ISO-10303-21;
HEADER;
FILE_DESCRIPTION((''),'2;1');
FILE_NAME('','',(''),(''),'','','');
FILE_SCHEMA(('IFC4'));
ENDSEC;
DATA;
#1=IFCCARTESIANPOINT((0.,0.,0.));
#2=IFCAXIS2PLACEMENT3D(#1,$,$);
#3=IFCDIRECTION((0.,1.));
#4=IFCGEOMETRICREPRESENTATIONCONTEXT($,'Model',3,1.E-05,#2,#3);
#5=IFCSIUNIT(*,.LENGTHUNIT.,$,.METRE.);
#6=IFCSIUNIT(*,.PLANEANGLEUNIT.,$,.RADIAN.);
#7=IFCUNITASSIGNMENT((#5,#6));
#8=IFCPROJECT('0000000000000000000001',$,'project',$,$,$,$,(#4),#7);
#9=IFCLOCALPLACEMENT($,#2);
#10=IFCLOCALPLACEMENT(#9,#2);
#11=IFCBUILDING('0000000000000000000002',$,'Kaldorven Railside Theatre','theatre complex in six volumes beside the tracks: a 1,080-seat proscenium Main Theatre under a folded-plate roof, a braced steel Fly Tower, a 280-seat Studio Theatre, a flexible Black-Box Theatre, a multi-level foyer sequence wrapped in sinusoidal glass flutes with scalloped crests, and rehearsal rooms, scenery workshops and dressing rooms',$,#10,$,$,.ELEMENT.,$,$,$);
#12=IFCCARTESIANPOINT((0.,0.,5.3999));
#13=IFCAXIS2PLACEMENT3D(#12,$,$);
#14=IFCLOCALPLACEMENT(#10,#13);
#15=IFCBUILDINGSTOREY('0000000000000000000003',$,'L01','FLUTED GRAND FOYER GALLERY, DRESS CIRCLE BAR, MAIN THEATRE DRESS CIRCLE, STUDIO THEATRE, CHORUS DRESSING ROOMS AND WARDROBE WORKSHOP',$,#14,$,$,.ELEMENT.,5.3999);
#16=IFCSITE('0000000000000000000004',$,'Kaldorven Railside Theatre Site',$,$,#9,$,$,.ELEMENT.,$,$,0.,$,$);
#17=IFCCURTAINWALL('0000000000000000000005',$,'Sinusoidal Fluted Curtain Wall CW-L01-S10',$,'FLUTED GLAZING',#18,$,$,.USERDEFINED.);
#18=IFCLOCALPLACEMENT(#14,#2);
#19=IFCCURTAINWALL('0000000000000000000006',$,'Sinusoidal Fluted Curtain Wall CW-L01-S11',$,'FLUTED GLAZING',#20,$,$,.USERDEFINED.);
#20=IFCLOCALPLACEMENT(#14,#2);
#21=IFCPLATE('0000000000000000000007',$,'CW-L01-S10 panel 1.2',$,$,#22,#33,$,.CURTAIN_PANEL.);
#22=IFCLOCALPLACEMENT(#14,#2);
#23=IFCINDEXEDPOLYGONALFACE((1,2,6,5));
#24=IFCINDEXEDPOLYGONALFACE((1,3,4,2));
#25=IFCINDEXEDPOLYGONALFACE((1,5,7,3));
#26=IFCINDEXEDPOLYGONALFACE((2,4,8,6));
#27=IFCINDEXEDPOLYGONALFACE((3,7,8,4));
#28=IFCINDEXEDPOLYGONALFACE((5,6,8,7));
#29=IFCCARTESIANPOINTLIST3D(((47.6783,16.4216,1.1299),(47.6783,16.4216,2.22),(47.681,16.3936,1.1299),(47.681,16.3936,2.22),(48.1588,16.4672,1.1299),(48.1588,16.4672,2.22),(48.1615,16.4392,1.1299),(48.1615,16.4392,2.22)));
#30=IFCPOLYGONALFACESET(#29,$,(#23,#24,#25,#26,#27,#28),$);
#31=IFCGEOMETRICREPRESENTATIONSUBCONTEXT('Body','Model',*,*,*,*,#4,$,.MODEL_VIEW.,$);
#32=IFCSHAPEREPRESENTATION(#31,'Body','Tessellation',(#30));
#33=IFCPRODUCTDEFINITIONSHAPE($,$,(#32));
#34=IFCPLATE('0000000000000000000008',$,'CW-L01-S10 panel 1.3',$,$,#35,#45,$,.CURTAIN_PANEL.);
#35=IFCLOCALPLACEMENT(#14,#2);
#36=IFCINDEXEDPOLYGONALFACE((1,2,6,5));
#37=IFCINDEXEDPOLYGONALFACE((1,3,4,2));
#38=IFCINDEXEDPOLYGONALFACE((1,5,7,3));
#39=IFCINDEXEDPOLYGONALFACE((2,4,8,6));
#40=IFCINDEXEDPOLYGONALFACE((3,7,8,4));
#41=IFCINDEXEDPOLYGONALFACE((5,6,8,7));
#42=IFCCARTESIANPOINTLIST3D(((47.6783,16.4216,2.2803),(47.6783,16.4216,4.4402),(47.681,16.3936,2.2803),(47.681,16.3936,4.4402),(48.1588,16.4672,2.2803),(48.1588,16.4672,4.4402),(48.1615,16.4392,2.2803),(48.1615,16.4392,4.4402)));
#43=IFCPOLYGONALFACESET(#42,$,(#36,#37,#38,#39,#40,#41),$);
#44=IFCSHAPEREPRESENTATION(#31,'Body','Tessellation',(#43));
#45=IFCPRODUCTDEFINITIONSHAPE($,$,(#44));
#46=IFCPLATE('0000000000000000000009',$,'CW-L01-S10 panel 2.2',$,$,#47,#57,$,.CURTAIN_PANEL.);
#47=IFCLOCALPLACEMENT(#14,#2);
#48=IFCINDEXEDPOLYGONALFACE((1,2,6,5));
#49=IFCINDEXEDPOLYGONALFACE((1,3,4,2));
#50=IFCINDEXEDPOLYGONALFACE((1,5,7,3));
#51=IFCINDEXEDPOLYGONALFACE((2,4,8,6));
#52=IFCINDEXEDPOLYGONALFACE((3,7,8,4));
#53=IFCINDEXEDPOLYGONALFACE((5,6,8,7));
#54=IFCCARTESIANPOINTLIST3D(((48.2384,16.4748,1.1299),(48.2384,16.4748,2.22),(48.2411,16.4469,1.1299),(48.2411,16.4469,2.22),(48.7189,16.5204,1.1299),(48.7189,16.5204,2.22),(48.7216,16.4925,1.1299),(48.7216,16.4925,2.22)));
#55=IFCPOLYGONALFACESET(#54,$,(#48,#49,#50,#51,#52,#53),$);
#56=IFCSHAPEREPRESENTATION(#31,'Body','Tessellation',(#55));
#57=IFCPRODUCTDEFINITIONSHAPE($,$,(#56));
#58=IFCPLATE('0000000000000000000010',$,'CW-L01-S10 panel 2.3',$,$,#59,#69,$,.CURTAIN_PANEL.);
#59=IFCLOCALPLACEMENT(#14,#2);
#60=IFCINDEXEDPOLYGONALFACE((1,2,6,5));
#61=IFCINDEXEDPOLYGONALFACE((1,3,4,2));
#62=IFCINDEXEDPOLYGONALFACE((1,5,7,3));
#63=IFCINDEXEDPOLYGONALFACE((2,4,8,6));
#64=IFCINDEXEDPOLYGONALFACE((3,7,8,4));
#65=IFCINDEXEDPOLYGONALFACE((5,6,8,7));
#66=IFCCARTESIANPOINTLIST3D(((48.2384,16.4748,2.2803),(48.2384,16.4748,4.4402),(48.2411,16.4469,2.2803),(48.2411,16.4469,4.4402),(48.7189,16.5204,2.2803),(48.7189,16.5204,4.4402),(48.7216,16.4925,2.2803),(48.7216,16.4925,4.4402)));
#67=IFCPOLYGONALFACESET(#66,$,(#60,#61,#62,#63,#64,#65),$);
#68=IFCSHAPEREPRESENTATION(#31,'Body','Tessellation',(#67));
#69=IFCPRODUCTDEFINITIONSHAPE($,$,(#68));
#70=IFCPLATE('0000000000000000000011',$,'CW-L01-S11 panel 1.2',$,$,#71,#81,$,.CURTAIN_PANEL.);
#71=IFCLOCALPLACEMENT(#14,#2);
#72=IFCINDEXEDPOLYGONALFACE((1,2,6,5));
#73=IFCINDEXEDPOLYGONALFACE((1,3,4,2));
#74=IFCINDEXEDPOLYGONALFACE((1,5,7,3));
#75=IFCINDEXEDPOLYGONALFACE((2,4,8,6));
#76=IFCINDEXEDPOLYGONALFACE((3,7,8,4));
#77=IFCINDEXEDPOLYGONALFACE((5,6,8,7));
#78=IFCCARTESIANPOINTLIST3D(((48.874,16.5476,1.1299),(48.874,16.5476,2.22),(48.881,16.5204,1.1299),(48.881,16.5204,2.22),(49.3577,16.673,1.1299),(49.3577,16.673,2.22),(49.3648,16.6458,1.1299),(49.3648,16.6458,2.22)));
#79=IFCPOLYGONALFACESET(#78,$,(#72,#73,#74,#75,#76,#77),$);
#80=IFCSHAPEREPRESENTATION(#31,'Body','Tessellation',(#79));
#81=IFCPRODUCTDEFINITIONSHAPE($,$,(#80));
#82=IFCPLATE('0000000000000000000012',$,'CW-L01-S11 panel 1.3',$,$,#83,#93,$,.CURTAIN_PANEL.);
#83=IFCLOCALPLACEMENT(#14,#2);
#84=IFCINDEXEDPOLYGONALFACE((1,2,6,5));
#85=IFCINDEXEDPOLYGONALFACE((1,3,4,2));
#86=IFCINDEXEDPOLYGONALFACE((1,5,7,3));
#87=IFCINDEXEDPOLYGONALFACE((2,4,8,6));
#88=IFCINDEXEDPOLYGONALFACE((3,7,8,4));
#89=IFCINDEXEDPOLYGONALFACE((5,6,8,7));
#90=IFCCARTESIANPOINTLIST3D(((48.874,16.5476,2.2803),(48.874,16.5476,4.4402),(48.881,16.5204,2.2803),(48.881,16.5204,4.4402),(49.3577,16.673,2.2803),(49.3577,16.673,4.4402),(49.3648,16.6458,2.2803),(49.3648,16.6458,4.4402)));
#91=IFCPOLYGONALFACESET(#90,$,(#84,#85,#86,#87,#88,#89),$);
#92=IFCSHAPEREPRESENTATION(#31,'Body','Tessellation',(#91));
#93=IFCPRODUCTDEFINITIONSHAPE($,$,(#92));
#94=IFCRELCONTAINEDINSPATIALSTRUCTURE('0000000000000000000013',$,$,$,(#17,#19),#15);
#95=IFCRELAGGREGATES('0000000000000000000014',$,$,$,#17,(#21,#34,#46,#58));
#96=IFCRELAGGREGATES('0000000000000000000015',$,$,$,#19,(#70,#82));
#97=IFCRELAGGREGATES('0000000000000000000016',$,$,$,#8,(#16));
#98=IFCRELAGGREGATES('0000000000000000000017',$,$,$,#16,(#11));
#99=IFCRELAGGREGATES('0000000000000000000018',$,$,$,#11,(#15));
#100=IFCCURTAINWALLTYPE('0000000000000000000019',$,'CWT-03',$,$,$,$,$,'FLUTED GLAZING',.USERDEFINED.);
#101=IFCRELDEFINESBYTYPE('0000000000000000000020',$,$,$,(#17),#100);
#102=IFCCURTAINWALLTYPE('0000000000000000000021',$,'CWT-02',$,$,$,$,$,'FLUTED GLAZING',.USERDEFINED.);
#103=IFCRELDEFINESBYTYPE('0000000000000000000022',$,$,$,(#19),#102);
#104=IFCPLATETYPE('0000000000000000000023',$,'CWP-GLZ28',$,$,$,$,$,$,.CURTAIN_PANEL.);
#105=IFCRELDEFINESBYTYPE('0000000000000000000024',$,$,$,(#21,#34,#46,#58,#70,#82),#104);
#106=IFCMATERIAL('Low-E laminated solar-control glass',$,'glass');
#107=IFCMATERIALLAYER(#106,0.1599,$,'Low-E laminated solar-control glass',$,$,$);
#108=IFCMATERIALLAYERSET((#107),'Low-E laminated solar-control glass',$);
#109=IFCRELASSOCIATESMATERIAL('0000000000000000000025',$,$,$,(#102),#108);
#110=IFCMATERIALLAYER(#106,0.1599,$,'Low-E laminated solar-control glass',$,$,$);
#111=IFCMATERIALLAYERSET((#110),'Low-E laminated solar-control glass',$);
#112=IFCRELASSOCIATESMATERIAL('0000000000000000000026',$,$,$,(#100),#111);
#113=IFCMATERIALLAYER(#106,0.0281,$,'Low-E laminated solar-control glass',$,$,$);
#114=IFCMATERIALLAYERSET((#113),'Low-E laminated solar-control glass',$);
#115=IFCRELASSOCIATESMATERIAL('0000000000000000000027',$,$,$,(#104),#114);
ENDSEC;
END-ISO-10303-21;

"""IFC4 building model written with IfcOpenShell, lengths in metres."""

from ifc_helpers import new_model, si_unit, direction, frame, origin, origin_2d, place, context, subcontext, project, spatial, rectangle, extrude, material, layer, layer_set, type_object, element, aggregate, save


model = new_model("IFC4")

# Units and contexts
model_context = context("Model", 3, precision=1e-05, world=origin(), true_north=direction((0.0, 1.0)))
body_context = subcontext(model_context, "Body", "Model", "MODEL_VIEW")
ifc_project = project(units=[si_unit("LENGTHUNIT", "METRE"), si_unit("PLANEANGLEUNIT", "RADIAN")], contexts=[model_context])

# Site, building, storey
site_placement = place(None, origin())
site = spatial("IfcSite", under=ifc_project, at=site_placement, Name="Kaldorven Railside Theatre Site", CompositionType="ELEMENT", RefElevation=0.0)
building_placement = place(site_placement, origin())
building = spatial("IfcBuilding", under=site, at=building_placement, Name="Kaldorven Railside Theatre", Description="theatre complex in six volumes beside the tracks: a 1,080-seat proscenium Main Theatre under a folded-plate roof, a braced steel Fly Tower, a 280-seat Studio Theatre, a flexible Black-Box Theatre, a multi-level foyer sequence wrapped in sinusoidal glass flutes with scalloped crests, and rehearsal rooms, scenery workshops and dressing rooms", CompositionType="ELEMENT")
storey_placement = place(building_placement, frame((0.0, 0.0, 5.3999)))
storey = spatial("IfcBuildingStorey", under=building, at=storey_placement, Name="L01", Description="FLUTED GRAND FOYER GALLERY, DRESS CIRCLE BAR, MAIN THEATRE DRESS CIRCLE, STUDIO THEATRE, CHORUS DRESSING ROOMS AND WARDROBE WORKSHOP", CompositionType="ELEMENT", Elevation=5.3999)

# Curtain walls
ifc_material_1 = material(Name="Low-E laminated solar-control glass", Category="glass")
ifc_layer_1 = layer(ifc_material_1, 0.1599, Name="Low-E laminated solar-control glass")
ifc_layer_set_1 = layer_set([ifc_layer_1], Name="Low-E laminated solar-control glass")
curtain_wall_type_1 = type_object("IfcCurtainWallType", Name="CWT-02", ElementType="FLUTED GLAZING", PredefinedType="USERDEFINED", material=ifc_layer_set_1)
ifc_layer_2 = layer(ifc_material_1, 0.1599, Name="Low-E laminated solar-control glass")
ifc_layer_set_2 = layer_set([ifc_layer_2], Name="Low-E laminated solar-control glass")
curtain_wall_type_2 = type_object("IfcCurtainWallType", Name="CWT-03", ElementType="FLUTED GLAZING", PredefinedType="USERDEFINED", material=ifc_layer_set_2)
curtain_wall_1_placement = place(storey_placement, origin())
curtain_wall_1 = element("IfcCurtainWall", 1, at=curtain_wall_1_placement, inside=storey, type_object=curtain_wall_type_2, Name="Sinusoidal Fluted Curtain Wall CW-L01-S10", ObjectType="FLUTED GLAZING", PredefinedType="USERDEFINED")
curtain_wall_2_placement = place(storey_placement, origin())
curtain_wall_2 = element("IfcCurtainWall", 2, at=curtain_wall_2_placement, inside=storey, type_object=curtain_wall_type_1, Name="Sinusoidal Fluted Curtain Wall CW-L01-S11", ObjectType="FLUTED GLAZING", PredefinedType="USERDEFINED")

# Plates
ifc_layer_3 = layer(ifc_material_1, 0.0281, Name="Low-E laminated solar-control glass")
ifc_layer_set_3 = layer_set([ifc_layer_3], Name="Low-E laminated solar-control glass")
plate_type = type_object("IfcPlateType", Name="CWP-GLZ28", PredefinedType="CURTAIN_PANEL", material=ifc_layer_set_3)
plate_1_placement = place(storey_placement, frame((47.9199, 16.4304, 1.1299), z_axis=(0.0, 0.0, 1.0), x_axis=(0.995526, 0.094492, 0.0)))
plate_1 = element("IfcPlate", 3, at=plate_1_placement, type_object=plate_type, Name="CW-L01-S10 panel 1.2", PredefinedType="CURTAIN_PANEL", context=body_context, shape_type="SweptSolid", body=[
    extrude(rectangle(XDim=0.4827, YDim=0.0281, at=origin_2d()), origin(), (0.0, 0.0, 1.0), 1.0901),
])
plate_2_placement = place(storey_placement, frame((47.9199, 16.4304, 2.2803), z_axis=(0.0, 0.0, 1.0), x_axis=(0.995526, 0.094492, 0.0)))
plate_2 = element("IfcPlate", 4, at=plate_2_placement, type_object=plate_type, Name="CW-L01-S10 panel 1.3", PredefinedType="CURTAIN_PANEL", context=body_context, shape_type="SweptSolid", body=[
    extrude(rectangle(XDim=0.4827, YDim=0.0281, at=origin_2d()), origin(), (0.0, 0.0, 1.0), 2.1599),
])
plate_3_placement = place(storey_placement, frame((48.48, 16.4836, 1.1299), z_axis=(0.0, 0.0, 1.0), x_axis=(0.995526, 0.094492, 0.0)))
plate_3 = element("IfcPlate", 5, at=plate_3_placement, type_object=plate_type, Name="CW-L01-S10 panel 2.2", PredefinedType="CURTAIN_PANEL", context=body_context, shape_type="SweptSolid", body=[
    extrude(rectangle(XDim=0.4827, YDim=0.0281, at=origin_2d()), origin(), (0.0, 0.0, 1.0), 1.0901),
])
plate_4_placement = place(storey_placement, frame((48.48, 16.4836, 2.2803), z_axis=(0.0, 0.0, 1.0), x_axis=(0.995526, 0.094492, 0.0)))
plate_4 = element("IfcPlate", 6, at=plate_4_placement, type_object=plate_type, Name="CW-L01-S10 panel 2.3", PredefinedType="CURTAIN_PANEL", context=body_context, shape_type="SweptSolid", body=[
    extrude(rectangle(XDim=0.4827, YDim=0.0281, at=origin_2d()), origin(), (0.0, 0.0, 1.0), 2.1599),
])
aggregate(curtain_wall_1, [plate_1, plate_2, plate_3, plate_4])
plate_5_placement = place(storey_placement, frame((49.1194, 16.5967, 1.1299), z_axis=(0.0, 0.0, 1.0), x_axis=(0.967999, 0.250954, 0.0)))
plate_5 = element("IfcPlate", 7, at=plate_5_placement, type_object=plate_type, Name="CW-L01-S11 panel 1.2", PredefinedType="CURTAIN_PANEL", context=body_context, shape_type="SweptSolid", body=[
    extrude(rectangle(XDim=0.4998, YDim=0.0281, at=origin_2d()), origin(), (0.0, 0.0, 1.0), 1.0901),
])
plate_6_placement = place(storey_placement, frame((49.1194, 16.5967, 2.2803), z_axis=(0.0, 0.0, 1.0), x_axis=(0.967999, 0.250954, 0.0)))
plate_6 = element("IfcPlate", 8, at=plate_6_placement, type_object=plate_type, Name="CW-L01-S11 panel 1.3", PredefinedType="CURTAIN_PANEL", context=body_context, shape_type="SweptSolid", body=[
    extrude(rectangle(XDim=0.4998, YDim=0.0281, at=origin_2d()), origin(), (0.0, 0.0, 1.0), 2.1599),
])
aggregate(curtain_wall_2, [plate_5, plate_6])

save(model, "model.ifc")
